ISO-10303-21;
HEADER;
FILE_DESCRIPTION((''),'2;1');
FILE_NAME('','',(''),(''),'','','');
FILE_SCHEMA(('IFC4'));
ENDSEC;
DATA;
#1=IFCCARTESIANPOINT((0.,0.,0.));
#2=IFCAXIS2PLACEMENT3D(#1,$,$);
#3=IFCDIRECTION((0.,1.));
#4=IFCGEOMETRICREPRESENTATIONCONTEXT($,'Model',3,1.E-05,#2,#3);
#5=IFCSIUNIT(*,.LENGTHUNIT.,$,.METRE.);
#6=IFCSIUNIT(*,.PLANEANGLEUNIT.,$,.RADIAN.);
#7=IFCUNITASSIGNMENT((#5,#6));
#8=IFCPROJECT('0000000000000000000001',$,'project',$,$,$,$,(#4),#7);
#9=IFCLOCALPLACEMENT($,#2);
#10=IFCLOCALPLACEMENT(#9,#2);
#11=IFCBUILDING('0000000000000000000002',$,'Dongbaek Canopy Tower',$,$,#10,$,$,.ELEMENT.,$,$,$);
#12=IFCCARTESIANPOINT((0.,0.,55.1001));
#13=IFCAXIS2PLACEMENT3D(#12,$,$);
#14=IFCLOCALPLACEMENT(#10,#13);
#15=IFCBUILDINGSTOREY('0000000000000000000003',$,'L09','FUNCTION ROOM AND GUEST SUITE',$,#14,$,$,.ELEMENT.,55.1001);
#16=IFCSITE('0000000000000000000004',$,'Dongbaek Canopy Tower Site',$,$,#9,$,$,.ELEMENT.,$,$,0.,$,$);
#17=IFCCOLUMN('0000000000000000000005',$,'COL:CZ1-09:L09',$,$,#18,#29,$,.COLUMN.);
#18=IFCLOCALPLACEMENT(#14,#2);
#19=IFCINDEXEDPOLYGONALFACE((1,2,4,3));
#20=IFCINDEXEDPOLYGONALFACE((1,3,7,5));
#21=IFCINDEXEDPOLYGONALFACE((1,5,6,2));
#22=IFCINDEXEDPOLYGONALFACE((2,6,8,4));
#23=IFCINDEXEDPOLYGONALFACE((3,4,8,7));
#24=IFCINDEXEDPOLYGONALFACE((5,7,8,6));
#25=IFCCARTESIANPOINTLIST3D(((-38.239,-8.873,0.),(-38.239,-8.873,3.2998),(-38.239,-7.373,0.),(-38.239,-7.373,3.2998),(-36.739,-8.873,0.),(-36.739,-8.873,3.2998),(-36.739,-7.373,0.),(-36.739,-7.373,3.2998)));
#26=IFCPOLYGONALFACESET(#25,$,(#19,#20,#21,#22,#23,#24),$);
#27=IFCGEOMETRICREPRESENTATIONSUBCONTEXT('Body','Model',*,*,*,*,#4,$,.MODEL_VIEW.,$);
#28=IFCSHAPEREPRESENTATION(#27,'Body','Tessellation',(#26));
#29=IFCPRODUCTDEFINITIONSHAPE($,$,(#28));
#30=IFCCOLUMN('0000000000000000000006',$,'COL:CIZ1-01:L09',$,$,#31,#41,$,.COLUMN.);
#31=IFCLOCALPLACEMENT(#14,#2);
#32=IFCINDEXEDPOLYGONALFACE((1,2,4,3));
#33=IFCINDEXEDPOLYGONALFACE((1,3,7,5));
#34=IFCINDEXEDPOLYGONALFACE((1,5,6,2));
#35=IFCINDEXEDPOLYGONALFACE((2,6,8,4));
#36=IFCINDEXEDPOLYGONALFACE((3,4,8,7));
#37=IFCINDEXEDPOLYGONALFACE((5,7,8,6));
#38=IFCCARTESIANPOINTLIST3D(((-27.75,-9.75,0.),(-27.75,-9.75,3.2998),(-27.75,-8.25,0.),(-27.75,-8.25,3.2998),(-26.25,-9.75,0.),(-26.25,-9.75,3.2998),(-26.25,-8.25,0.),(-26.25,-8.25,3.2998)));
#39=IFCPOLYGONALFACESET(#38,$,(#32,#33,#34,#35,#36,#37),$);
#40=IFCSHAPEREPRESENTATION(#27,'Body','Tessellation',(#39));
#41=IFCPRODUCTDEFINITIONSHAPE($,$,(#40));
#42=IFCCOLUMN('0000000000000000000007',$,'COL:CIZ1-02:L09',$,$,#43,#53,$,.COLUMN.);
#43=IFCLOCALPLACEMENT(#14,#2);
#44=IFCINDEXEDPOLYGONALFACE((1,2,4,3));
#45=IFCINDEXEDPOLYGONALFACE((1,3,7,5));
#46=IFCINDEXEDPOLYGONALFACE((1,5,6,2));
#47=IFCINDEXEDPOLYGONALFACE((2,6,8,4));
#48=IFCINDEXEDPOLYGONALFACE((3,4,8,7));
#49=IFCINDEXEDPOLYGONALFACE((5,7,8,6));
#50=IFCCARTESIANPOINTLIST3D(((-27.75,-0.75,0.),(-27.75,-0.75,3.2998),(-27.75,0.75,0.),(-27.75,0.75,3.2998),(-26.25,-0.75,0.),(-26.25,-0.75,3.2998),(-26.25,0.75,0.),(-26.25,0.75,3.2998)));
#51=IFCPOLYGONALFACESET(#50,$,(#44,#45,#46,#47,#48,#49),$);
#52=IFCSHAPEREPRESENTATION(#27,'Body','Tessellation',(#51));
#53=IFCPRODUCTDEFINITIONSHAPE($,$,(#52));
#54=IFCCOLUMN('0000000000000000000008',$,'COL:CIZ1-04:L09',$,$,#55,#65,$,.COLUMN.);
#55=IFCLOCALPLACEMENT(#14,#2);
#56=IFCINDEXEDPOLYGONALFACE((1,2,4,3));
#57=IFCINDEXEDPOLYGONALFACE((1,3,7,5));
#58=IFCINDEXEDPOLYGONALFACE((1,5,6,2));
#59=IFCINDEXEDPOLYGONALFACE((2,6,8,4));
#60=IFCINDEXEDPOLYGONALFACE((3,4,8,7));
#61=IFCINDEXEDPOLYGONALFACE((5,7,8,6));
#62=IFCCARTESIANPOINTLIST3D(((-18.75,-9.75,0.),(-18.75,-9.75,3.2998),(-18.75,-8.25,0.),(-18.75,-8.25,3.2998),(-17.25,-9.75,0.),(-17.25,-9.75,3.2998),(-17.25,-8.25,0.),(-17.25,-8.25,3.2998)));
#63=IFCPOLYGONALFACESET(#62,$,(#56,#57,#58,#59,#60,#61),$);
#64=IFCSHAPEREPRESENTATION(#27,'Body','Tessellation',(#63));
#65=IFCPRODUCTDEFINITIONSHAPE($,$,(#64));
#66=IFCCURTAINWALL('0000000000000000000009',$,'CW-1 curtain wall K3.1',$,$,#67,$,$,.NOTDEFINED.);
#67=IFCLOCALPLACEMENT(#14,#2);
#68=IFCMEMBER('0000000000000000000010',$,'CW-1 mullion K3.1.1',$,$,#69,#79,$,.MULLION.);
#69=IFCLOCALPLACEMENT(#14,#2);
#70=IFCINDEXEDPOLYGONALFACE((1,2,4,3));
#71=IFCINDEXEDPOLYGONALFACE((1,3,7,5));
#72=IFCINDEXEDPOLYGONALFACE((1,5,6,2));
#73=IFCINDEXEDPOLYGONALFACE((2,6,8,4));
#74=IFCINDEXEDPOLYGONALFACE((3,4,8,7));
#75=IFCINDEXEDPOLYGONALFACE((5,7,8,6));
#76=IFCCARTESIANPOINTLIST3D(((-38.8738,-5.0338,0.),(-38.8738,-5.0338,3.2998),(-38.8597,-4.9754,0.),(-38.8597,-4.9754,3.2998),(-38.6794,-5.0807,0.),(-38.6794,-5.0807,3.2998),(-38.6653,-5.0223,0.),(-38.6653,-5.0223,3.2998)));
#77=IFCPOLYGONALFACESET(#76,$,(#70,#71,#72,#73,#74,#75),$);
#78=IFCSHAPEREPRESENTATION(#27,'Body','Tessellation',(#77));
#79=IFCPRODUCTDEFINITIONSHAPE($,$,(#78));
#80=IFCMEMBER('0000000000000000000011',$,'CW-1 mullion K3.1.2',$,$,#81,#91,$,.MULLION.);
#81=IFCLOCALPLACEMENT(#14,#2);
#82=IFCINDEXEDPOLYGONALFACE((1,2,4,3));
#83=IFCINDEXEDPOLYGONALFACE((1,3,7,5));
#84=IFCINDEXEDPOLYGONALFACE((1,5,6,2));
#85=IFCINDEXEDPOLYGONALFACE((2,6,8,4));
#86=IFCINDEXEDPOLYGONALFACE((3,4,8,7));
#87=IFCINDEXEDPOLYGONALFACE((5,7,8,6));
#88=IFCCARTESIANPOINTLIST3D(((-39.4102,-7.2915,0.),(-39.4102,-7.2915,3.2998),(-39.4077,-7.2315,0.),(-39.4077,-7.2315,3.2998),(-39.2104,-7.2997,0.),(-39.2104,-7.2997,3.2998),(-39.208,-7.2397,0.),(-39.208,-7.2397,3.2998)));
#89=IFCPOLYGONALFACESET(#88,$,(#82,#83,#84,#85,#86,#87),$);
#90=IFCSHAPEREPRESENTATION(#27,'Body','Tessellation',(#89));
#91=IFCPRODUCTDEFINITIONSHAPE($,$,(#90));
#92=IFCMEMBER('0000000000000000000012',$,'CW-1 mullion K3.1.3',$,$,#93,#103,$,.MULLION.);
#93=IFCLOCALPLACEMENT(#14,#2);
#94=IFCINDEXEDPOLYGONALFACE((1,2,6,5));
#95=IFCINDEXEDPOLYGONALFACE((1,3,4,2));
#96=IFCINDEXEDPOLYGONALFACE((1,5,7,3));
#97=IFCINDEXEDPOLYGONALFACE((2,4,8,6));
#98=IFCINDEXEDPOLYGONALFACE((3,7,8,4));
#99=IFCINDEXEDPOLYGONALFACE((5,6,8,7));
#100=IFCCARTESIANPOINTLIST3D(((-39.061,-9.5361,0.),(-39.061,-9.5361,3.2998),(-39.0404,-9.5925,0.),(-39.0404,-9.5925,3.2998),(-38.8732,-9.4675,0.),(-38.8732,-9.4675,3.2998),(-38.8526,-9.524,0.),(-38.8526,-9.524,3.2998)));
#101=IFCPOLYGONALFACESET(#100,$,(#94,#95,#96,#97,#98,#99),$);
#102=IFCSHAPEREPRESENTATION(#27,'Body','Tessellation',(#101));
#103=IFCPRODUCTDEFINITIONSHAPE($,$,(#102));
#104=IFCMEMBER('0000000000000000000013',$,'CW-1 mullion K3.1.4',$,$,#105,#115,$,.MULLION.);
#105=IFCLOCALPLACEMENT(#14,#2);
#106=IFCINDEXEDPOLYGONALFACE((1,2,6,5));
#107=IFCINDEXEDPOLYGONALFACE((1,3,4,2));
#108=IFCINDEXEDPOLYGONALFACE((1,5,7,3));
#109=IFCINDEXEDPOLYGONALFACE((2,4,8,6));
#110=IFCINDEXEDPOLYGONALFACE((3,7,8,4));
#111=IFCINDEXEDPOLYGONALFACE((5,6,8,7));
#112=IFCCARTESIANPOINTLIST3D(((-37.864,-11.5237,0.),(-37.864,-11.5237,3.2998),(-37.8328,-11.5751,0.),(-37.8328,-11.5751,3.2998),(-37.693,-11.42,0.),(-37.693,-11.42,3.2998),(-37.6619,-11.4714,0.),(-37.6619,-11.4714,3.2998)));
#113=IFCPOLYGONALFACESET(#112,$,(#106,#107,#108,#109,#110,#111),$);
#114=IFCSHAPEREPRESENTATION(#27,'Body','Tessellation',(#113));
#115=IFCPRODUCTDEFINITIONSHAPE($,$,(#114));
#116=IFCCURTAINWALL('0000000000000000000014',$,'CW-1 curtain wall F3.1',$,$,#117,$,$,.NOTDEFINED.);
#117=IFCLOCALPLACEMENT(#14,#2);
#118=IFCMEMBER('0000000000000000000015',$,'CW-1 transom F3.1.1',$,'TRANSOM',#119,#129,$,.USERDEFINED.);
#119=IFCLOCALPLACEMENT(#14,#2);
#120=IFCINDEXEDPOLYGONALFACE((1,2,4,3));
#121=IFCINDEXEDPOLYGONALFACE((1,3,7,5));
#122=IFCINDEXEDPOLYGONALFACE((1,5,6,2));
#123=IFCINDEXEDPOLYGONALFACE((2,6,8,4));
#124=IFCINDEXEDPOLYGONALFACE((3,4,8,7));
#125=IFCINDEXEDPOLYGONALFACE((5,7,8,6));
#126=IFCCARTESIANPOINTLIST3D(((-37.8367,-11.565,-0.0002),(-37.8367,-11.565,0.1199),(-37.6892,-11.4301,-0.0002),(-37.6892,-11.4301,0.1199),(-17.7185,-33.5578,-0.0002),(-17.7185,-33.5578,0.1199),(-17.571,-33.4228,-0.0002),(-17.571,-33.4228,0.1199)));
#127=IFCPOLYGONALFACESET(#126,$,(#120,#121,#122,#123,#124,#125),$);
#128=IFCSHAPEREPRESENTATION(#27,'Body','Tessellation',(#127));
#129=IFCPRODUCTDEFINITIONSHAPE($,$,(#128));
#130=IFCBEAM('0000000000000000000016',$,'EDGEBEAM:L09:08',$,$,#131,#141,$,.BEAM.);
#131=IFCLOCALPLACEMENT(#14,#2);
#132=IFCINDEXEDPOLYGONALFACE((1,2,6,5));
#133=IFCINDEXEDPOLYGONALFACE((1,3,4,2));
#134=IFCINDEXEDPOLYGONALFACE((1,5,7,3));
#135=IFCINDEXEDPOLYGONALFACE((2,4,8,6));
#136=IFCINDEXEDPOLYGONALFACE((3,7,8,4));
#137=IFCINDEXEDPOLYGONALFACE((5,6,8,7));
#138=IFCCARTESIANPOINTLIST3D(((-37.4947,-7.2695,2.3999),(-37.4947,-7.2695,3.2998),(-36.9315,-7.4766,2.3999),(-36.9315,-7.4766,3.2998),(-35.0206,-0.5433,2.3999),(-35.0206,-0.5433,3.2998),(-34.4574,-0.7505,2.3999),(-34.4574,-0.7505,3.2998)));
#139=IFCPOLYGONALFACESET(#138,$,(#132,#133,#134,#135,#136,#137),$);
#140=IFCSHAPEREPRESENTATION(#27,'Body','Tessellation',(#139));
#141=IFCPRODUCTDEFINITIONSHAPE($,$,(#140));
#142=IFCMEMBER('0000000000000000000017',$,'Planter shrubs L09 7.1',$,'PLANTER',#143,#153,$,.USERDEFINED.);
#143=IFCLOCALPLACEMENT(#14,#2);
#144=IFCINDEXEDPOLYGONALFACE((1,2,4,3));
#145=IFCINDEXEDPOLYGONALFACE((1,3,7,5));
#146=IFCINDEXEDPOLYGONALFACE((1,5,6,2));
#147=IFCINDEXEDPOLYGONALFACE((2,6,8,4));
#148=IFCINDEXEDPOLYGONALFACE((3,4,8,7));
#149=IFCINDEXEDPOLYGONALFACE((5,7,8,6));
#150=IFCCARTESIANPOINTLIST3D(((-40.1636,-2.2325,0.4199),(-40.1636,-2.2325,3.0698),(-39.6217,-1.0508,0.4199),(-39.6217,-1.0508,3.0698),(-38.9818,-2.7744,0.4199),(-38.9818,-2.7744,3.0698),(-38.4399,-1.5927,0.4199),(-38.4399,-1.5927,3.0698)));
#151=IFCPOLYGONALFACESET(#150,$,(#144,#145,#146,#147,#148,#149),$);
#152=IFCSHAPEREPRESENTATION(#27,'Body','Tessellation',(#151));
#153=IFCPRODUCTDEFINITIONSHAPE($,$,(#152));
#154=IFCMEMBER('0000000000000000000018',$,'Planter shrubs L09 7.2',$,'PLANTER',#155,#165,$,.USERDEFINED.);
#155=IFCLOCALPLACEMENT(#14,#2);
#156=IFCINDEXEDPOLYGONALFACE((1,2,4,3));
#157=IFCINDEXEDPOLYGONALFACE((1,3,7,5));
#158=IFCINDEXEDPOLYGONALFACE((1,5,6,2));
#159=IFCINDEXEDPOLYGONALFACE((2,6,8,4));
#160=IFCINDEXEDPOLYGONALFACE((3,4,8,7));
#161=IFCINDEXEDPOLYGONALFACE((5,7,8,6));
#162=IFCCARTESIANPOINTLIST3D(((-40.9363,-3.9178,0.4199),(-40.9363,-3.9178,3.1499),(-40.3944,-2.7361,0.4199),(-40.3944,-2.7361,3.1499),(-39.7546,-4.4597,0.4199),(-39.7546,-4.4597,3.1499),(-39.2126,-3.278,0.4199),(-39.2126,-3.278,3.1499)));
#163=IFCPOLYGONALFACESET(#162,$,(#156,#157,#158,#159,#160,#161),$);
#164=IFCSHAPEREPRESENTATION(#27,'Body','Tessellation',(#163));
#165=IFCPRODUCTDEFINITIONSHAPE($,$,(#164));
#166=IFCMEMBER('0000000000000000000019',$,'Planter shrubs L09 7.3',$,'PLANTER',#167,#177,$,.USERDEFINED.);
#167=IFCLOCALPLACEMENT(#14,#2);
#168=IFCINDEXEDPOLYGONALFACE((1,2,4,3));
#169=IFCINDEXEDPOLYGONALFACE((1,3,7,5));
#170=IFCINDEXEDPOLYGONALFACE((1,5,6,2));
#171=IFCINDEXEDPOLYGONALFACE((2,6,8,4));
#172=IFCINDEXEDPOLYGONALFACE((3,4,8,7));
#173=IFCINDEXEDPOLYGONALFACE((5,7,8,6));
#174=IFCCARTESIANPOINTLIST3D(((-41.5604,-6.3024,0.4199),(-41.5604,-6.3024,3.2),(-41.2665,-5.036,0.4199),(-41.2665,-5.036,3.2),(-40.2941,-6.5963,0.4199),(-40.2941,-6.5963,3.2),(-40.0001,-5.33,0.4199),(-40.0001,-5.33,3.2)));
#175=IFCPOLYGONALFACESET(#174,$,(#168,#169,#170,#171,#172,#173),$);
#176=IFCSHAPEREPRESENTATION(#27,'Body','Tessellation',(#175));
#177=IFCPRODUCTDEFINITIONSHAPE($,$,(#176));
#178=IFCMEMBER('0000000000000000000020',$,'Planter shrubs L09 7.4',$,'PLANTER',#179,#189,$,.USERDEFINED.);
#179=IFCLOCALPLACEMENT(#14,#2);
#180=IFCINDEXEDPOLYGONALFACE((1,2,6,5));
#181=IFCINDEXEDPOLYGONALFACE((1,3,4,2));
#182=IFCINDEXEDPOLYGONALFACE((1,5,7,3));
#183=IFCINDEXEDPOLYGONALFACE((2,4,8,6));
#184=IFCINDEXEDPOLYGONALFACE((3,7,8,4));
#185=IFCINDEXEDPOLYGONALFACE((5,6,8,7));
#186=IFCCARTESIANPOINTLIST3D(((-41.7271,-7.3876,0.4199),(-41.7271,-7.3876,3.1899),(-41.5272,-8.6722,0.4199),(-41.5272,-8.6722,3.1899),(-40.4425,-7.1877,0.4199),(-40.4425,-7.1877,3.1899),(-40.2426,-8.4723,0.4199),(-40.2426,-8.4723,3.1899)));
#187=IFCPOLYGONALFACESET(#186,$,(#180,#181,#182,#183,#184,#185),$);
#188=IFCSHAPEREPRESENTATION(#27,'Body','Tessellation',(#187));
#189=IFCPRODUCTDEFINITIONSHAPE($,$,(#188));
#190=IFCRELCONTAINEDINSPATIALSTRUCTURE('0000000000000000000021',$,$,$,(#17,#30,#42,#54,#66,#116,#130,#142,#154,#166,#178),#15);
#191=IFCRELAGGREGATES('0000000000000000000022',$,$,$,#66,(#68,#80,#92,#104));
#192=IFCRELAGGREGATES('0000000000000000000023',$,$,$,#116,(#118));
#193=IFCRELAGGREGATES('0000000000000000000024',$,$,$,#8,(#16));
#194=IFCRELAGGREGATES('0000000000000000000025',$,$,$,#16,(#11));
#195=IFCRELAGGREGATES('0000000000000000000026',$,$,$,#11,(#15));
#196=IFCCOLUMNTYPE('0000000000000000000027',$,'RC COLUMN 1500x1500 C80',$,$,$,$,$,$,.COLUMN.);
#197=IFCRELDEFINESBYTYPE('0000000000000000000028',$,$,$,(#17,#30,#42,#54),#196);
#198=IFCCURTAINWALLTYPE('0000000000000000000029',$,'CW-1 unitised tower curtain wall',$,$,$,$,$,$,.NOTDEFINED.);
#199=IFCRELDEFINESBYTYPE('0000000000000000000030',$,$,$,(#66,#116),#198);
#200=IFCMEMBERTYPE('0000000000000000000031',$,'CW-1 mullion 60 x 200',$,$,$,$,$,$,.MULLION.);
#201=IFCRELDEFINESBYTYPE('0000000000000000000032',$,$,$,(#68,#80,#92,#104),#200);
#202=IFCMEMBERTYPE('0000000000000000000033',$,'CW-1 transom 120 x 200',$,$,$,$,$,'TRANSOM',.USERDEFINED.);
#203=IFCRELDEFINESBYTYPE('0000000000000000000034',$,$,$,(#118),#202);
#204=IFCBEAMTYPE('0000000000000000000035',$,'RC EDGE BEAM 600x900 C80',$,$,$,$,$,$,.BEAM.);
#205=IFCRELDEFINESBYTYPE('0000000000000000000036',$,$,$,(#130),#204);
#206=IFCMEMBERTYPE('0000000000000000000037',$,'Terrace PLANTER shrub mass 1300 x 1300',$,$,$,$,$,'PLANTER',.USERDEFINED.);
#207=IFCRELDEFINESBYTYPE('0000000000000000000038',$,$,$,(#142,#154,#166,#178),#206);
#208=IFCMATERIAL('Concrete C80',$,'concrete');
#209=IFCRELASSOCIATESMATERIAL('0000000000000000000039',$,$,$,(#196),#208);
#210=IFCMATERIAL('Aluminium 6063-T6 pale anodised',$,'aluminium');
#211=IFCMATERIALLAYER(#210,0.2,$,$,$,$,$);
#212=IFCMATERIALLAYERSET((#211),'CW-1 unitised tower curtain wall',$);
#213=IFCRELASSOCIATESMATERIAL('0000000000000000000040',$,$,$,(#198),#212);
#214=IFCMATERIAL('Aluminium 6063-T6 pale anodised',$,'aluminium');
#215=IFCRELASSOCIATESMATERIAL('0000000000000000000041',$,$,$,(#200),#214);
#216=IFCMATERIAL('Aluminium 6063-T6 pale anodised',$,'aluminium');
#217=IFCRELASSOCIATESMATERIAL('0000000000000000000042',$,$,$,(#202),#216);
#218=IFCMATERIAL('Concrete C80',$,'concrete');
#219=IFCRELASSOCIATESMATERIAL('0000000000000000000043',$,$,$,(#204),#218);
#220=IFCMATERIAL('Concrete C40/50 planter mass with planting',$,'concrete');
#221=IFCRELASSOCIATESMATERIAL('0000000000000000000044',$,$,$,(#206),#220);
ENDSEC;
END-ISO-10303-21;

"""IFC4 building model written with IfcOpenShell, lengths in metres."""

from ifc_helpers import new_model, si_unit, direction, frame, origin, origin_2d, place, context, subcontext, project, spatial, rectangle, extrude, material, layer, layer_set, material_profile, profile_set, type_object, element, aggregate, save


model = new_model("IFC4")

# Units and contexts
model_context = context("Model", 3, precision=1e-05, world=origin(), true_north=direction((0.0, 1.0)))
body_context = subcontext(model_context, "Body", "Model", "MODEL_VIEW")
ifc_project = project(units=[si_unit("LENGTHUNIT", "METRE"), si_unit("PLANEANGLEUNIT", "RADIAN")], contexts=[model_context])

# Site, building, storey
site_placement = place(None, origin())
site = spatial("IfcSite", under=ifc_project, at=site_placement, Name="Dongbaek Canopy Tower Site", CompositionType="ELEMENT", RefElevation=0.0)
building_placement = place(site_placement, origin())
building = spatial("IfcBuilding", under=site, at=building_placement, Name="Dongbaek Canopy Tower", CompositionType="ELEMENT")
storey_placement = place(building_placement, frame((0.0, 0.0, 55.1001)))
storey = spatial("IfcBuildingStorey", under=building, at=storey_placement, Name="L09", Description="FUNCTION ROOM AND GUEST SUITE", CompositionType="ELEMENT", Elevation=55.1001)

# Columns
ifc_material_1 = material(Name="Concrete C80", Category="concrete")
ifc_material_profile_1 = material_profile(ifc_material_1, rectangle(XDim=1.5, YDim=1.5, at=origin_2d()), Name="RC COLUMN 1500x1500 C80")
ifc_profile_set_1 = profile_set([ifc_material_profile_1], Name="Concrete C80")
column_type = type_object("IfcColumnType", Name="RC COLUMN 1500x1500 C80", PredefinedType="COLUMN", material=ifc_profile_set_1)
for number, where, z_axis, x_axis, name in (
    (1, (-37.489, -8.123, 0.0), (0.0, 0.0, 1.0), (1.0, 0.0, 0.0), "COL:CZ1-09:L09"),
    (2, (-27.0, -9.0, 0.0), (0.0, 0.0, 1.0), (1.0, 0.0, 0.0), "COL:CIZ1-01:L09"),
    (3, (-27.0, 0.0, 0.0), (0.0, 0.0, 1.0), (1.0, 0.0, 0.0), "COL:CIZ1-02:L09"),
    (4, (-18.0, -9.0, 0.0), (0.0, 0.0, 1.0), (1.0, 0.0, 0.0), "COL:CIZ1-04:L09"),
):
    element("IfcColumn", number, at=place(storey_placement, frame(where, z_axis=z_axis, x_axis=x_axis)), inside=storey, type_object=column_type, Name=name, PredefinedType="COLUMN", context=body_context, shape_type="SweptSolid", body=[
        extrude(rectangle(XDim=1.5, YDim=1.5, at=origin_2d()), origin(), (0.0, 0.0, 1.0), 3.2998),
    ])

# Curtain wall, members
ifc_material_2 = material(Name="Aluminium 6063-T6 pale anodised", Category="aluminium")
ifc_layer_1 = layer(ifc_material_2, 0.2)
ifc_layer_set_1 = layer_set([ifc_layer_1], Name="CW-1 unitised tower curtain wall")
curtain_wall_type = type_object("IfcCurtainWallType", Name="CW-1 unitised tower curtain wall", PredefinedType="NOTDEFINED", material=ifc_layer_set_1)
curtain_wall_1_placement = place(storey_placement, origin())
curtain_wall_1 = element("IfcCurtainWall", 5, at=curtain_wall_1_placement, inside=storey, type_object=curtain_wall_type, Name="CW-1 curtain wall K3.1", PredefinedType="NOTDEFINED")
ifc_material_3 = material(Name="Aluminium 6063-T6 pale anodised", Category="aluminium")
ifc_material_profile_2 = material_profile(ifc_material_3, rectangle(XDim=0.2, YDim=0.0601, at=origin_2d()), Name="CW-1 mullion 60 x 200")
ifc_profile_set_2 = profile_set([ifc_material_profile_2], Name="Aluminium 6063-T6 pale anodised")
member_type_1 = type_object("IfcMemberType", Name="CW-1 mullion 60 x 200", PredefinedType="MULLION", material=ifc_profile_set_2)
member_1_placement = place(storey_placement, frame((-38.7695, -5.0281, 0.0), z_axis=(0.0, 0.0, 1.0), x_axis=(-0.972134, 0.234426, 0.0)))
member_1 = element("IfcMember", 6, at=member_1_placement, type_object=member_type_1, Name="CW-1 mullion K3.1.1", PredefinedType="MULLION", context=body_context, shape_type="SweptSolid", body=[
    extrude(rectangle(XDim=0.2, YDim=0.0601, at=origin_2d()), origin(), (0.0, 0.0, 1.0), 3.2998),
])
member_2_placement = place(storey_placement, frame((-39.3091, -7.2656, 0.0), z_axis=(0.0, 0.0, 1.0), x_axis=(-0.999155, 0.041109, 0.0)))
member_2 = element("IfcMember", 7, at=member_2_placement, type_object=member_type_1, Name="CW-1 mullion K3.1.2", PredefinedType="MULLION", context=body_context, shape_type="SweptSolid", body=[
    extrude(rectangle(XDim=0.2, YDim=0.0601, at=origin_2d()), origin(), (0.0, 0.0, 1.0), 3.2998),
])
member_3_placement = place(storey_placement, frame((-38.9568, -9.53, 0.0), z_axis=(0.0, 0.0, 1.0), x_axis=(-0.939409, -0.342799, 0.0)))
member_3 = element("IfcMember", 8, at=member_3_placement, type_object=member_type_1, Name="CW-1 mullion K3.1.3", PredefinedType="MULLION", context=body_context, shape_type="SweptSolid", body=[
    extrude(rectangle(XDim=0.2, YDim=0.0601, at=origin_2d()), origin(), (0.0, 0.0, 1.0), 3.2998),
])
member_4_placement = place(storey_placement, frame((-37.7629, -11.4976, 0.0), z_axis=(0.0, 0.0, 1.0), x_axis=(-0.854919, -0.518762, 0.0)))
member_4 = element("IfcMember", 9, at=member_4_placement, type_object=member_type_1, Name="CW-1 mullion K3.1.4", PredefinedType="MULLION", context=body_context, shape_type="SweptSolid", body=[
    extrude(rectangle(XDim=0.2, YDim=0.0601, at=origin_2d()), origin(), (0.0, 0.0, 1.0), 3.2998),
])

# Curtain wall, member
curtain_wall_2_placement = place(storey_placement, origin())
curtain_wall_2 = element("IfcCurtainWall", 10, at=curtain_wall_2_placement, inside=storey, type_object=curtain_wall_type, Name="CW-1 curtain wall F3.1", PredefinedType="NOTDEFINED")
ifc_material_4 = material(Name="Aluminium 6063-T6 pale anodised", Category="aluminium")
ifc_material_profile_3 = material_profile(ifc_material_4, rectangle(XDim=0.2, YDim=0.1201, at=origin_2d()), Name="CW-1 transom 120 x 200")
ifc_profile_set_3 = profile_set([ifc_material_profile_3], Name="Aluminium 6063-T6 pale anodised")
member_type_2 = type_object("IfcMemberType", Name="CW-1 transom 120 x 200", ElementType="TRANSOM", PredefinedType="USERDEFINED", material=ifc_profile_set_3)
member_5_placement = place(storey_placement, frame((-37.7629, -11.4976, 0.0598), z_axis=(0.674962, -0.737852, 0.0), x_axis=(0.737852, 0.674962, 0.0)))
member_5 = element("IfcMember", 11, at=member_5_placement, type_object=member_type_2, Name="CW-1 transom F3.1.1", ObjectType="TRANSOM", PredefinedType="USERDEFINED", context=body_context, shape_type="SweptSolid", body=[
    extrude(rectangle(XDim=0.2, YDim=0.1201, at=origin_2d()), origin(), (0.0, 0.0, 1.0), 29.8064),
])

# Beam
ifc_material_5 = material(Name="Concrete C80", Category="concrete")
ifc_material_profile_4 = material_profile(ifc_material_5, rectangle(XDim=0.6001, YDim=0.8999, at=origin_2d()), Name="RC EDGE BEAM 600x900 C80")
ifc_profile_set_4 = profile_set([ifc_material_profile_4], Name="Concrete C80")
beam_type = type_object("IfcBeamType", Name="RC EDGE BEAM 600x900 C80", PredefinedType="BEAM", material=ifc_profile_set_4)
beam_placement = place(storey_placement, frame((-37.2131, -7.373, 2.8499), z_axis=(0.345225, 0.93852, 0.0), x_axis=(-0.93852, 0.345225, 0.0)))
element("IfcBeam", 12, at=beam_placement, inside=storey, type_object=beam_type, Name="EDGEBEAM:L09:08", PredefinedType="BEAM", context=body_context, shape_type="SweptSolid", body=[
    extrude(rectangle(XDim=0.6001, YDim=0.8999, at=origin_2d()), origin(), (0.0, 0.0, 1.0), 7.1667),
])

# Members
ifc_material_6 = material(Name="Concrete C40/50 planter mass with planting", Category="concrete")
ifc_material_profile_5 = material_profile(ifc_material_6, rectangle(XDim=1.3, YDim=1.3, at=origin_2d()), Name="Terrace PLANTER shrub mass 1300 x 1300")
ifc_profile_set_5 = profile_set([ifc_material_profile_5], Name="Concrete C40/50 planter mass with planting")
member_type_3 = type_object("IfcMemberType", Name="Terrace PLANTER shrub mass 1300 x 1300", ElementType="PLANTER", PredefinedType="USERDEFINED", material=ifc_profile_set_5)
member_6_placement = place(storey_placement, frame((-39.3018, -1.9126, 0.4199), z_axis=(0.0, 0.0, 1.0), x_axis=(-0.908982, 0.416834, 0.0)))
element("IfcMember", 13, at=member_6_placement, inside=storey, type_object=member_type_3, Name="Planter shrubs L09 7.1", ObjectType="PLANTER", PredefinedType="USERDEFINED", context=body_context, shape_type="SweptSolid", body=[
    extrude(rectangle(XDim=1.3, YDim=1.3, at=origin_2d()), origin(), (0.0, 0.0, 1.0), 2.6499),
])
member_7_placement = place(storey_placement, frame((-40.0745, -3.5979, 0.4199), z_axis=(0.0, 0.0, 1.0), x_axis=(-0.908982, 0.416834, 0.0)))
element("IfcMember", 14, at=member_7_placement, inside=storey, type_object=member_type_3, Name="Planter shrubs L09 7.2", ObjectType="PLANTER", PredefinedType="USERDEFINED", context=body_context, shape_type="SweptSolid", body=[
    extrude(rectangle(XDim=1.3, YDim=1.3, at=origin_2d()), origin(), (0.0, 0.0, 1.0), 2.73),
])
member_8_placement = place(storey_placement, frame((-40.7803, -5.8162, 0.4199), z_axis=(0.0, 0.0, 1.0), x_axis=(-0.974101, 0.226113, 0.0)))
element("IfcMember", 15, at=member_8_placement, inside=storey, type_object=member_type_3, Name="Planter shrubs L09 7.3", ObjectType="PLANTER", PredefinedType="USERDEFINED", context=body_context, shape_type="SweptSolid", body=[
    extrude(rectangle(XDim=1.3, YDim=1.3, at=origin_2d()), origin(), (0.0, 0.0, 1.0), 2.78),
])
member_9_placement = place(storey_placement, frame((-40.9849, -7.9299, 0.4199), z_axis=(0.0, 0.0, 1.0), x_axis=(-0.988106, -0.153774, 0.0)))
element("IfcMember", 16, at=member_9_placement, inside=storey, type_object=member_type_3, Name="Planter shrubs L09 7.4", ObjectType="PLANTER", PredefinedType="USERDEFINED", context=body_context, shape_type="SweptSolid", body=[
    extrude(rectangle(XDim=1.3, YDim=1.3, at=origin_2d()), origin(), (0.0, 0.0, 1.0), 2.77),
])

aggregate(curtain_wall_1, [member_1, member_2, member_3, member_4])

aggregate(curtain_wall_2, [member_5])

save(model, "model.ifc")
